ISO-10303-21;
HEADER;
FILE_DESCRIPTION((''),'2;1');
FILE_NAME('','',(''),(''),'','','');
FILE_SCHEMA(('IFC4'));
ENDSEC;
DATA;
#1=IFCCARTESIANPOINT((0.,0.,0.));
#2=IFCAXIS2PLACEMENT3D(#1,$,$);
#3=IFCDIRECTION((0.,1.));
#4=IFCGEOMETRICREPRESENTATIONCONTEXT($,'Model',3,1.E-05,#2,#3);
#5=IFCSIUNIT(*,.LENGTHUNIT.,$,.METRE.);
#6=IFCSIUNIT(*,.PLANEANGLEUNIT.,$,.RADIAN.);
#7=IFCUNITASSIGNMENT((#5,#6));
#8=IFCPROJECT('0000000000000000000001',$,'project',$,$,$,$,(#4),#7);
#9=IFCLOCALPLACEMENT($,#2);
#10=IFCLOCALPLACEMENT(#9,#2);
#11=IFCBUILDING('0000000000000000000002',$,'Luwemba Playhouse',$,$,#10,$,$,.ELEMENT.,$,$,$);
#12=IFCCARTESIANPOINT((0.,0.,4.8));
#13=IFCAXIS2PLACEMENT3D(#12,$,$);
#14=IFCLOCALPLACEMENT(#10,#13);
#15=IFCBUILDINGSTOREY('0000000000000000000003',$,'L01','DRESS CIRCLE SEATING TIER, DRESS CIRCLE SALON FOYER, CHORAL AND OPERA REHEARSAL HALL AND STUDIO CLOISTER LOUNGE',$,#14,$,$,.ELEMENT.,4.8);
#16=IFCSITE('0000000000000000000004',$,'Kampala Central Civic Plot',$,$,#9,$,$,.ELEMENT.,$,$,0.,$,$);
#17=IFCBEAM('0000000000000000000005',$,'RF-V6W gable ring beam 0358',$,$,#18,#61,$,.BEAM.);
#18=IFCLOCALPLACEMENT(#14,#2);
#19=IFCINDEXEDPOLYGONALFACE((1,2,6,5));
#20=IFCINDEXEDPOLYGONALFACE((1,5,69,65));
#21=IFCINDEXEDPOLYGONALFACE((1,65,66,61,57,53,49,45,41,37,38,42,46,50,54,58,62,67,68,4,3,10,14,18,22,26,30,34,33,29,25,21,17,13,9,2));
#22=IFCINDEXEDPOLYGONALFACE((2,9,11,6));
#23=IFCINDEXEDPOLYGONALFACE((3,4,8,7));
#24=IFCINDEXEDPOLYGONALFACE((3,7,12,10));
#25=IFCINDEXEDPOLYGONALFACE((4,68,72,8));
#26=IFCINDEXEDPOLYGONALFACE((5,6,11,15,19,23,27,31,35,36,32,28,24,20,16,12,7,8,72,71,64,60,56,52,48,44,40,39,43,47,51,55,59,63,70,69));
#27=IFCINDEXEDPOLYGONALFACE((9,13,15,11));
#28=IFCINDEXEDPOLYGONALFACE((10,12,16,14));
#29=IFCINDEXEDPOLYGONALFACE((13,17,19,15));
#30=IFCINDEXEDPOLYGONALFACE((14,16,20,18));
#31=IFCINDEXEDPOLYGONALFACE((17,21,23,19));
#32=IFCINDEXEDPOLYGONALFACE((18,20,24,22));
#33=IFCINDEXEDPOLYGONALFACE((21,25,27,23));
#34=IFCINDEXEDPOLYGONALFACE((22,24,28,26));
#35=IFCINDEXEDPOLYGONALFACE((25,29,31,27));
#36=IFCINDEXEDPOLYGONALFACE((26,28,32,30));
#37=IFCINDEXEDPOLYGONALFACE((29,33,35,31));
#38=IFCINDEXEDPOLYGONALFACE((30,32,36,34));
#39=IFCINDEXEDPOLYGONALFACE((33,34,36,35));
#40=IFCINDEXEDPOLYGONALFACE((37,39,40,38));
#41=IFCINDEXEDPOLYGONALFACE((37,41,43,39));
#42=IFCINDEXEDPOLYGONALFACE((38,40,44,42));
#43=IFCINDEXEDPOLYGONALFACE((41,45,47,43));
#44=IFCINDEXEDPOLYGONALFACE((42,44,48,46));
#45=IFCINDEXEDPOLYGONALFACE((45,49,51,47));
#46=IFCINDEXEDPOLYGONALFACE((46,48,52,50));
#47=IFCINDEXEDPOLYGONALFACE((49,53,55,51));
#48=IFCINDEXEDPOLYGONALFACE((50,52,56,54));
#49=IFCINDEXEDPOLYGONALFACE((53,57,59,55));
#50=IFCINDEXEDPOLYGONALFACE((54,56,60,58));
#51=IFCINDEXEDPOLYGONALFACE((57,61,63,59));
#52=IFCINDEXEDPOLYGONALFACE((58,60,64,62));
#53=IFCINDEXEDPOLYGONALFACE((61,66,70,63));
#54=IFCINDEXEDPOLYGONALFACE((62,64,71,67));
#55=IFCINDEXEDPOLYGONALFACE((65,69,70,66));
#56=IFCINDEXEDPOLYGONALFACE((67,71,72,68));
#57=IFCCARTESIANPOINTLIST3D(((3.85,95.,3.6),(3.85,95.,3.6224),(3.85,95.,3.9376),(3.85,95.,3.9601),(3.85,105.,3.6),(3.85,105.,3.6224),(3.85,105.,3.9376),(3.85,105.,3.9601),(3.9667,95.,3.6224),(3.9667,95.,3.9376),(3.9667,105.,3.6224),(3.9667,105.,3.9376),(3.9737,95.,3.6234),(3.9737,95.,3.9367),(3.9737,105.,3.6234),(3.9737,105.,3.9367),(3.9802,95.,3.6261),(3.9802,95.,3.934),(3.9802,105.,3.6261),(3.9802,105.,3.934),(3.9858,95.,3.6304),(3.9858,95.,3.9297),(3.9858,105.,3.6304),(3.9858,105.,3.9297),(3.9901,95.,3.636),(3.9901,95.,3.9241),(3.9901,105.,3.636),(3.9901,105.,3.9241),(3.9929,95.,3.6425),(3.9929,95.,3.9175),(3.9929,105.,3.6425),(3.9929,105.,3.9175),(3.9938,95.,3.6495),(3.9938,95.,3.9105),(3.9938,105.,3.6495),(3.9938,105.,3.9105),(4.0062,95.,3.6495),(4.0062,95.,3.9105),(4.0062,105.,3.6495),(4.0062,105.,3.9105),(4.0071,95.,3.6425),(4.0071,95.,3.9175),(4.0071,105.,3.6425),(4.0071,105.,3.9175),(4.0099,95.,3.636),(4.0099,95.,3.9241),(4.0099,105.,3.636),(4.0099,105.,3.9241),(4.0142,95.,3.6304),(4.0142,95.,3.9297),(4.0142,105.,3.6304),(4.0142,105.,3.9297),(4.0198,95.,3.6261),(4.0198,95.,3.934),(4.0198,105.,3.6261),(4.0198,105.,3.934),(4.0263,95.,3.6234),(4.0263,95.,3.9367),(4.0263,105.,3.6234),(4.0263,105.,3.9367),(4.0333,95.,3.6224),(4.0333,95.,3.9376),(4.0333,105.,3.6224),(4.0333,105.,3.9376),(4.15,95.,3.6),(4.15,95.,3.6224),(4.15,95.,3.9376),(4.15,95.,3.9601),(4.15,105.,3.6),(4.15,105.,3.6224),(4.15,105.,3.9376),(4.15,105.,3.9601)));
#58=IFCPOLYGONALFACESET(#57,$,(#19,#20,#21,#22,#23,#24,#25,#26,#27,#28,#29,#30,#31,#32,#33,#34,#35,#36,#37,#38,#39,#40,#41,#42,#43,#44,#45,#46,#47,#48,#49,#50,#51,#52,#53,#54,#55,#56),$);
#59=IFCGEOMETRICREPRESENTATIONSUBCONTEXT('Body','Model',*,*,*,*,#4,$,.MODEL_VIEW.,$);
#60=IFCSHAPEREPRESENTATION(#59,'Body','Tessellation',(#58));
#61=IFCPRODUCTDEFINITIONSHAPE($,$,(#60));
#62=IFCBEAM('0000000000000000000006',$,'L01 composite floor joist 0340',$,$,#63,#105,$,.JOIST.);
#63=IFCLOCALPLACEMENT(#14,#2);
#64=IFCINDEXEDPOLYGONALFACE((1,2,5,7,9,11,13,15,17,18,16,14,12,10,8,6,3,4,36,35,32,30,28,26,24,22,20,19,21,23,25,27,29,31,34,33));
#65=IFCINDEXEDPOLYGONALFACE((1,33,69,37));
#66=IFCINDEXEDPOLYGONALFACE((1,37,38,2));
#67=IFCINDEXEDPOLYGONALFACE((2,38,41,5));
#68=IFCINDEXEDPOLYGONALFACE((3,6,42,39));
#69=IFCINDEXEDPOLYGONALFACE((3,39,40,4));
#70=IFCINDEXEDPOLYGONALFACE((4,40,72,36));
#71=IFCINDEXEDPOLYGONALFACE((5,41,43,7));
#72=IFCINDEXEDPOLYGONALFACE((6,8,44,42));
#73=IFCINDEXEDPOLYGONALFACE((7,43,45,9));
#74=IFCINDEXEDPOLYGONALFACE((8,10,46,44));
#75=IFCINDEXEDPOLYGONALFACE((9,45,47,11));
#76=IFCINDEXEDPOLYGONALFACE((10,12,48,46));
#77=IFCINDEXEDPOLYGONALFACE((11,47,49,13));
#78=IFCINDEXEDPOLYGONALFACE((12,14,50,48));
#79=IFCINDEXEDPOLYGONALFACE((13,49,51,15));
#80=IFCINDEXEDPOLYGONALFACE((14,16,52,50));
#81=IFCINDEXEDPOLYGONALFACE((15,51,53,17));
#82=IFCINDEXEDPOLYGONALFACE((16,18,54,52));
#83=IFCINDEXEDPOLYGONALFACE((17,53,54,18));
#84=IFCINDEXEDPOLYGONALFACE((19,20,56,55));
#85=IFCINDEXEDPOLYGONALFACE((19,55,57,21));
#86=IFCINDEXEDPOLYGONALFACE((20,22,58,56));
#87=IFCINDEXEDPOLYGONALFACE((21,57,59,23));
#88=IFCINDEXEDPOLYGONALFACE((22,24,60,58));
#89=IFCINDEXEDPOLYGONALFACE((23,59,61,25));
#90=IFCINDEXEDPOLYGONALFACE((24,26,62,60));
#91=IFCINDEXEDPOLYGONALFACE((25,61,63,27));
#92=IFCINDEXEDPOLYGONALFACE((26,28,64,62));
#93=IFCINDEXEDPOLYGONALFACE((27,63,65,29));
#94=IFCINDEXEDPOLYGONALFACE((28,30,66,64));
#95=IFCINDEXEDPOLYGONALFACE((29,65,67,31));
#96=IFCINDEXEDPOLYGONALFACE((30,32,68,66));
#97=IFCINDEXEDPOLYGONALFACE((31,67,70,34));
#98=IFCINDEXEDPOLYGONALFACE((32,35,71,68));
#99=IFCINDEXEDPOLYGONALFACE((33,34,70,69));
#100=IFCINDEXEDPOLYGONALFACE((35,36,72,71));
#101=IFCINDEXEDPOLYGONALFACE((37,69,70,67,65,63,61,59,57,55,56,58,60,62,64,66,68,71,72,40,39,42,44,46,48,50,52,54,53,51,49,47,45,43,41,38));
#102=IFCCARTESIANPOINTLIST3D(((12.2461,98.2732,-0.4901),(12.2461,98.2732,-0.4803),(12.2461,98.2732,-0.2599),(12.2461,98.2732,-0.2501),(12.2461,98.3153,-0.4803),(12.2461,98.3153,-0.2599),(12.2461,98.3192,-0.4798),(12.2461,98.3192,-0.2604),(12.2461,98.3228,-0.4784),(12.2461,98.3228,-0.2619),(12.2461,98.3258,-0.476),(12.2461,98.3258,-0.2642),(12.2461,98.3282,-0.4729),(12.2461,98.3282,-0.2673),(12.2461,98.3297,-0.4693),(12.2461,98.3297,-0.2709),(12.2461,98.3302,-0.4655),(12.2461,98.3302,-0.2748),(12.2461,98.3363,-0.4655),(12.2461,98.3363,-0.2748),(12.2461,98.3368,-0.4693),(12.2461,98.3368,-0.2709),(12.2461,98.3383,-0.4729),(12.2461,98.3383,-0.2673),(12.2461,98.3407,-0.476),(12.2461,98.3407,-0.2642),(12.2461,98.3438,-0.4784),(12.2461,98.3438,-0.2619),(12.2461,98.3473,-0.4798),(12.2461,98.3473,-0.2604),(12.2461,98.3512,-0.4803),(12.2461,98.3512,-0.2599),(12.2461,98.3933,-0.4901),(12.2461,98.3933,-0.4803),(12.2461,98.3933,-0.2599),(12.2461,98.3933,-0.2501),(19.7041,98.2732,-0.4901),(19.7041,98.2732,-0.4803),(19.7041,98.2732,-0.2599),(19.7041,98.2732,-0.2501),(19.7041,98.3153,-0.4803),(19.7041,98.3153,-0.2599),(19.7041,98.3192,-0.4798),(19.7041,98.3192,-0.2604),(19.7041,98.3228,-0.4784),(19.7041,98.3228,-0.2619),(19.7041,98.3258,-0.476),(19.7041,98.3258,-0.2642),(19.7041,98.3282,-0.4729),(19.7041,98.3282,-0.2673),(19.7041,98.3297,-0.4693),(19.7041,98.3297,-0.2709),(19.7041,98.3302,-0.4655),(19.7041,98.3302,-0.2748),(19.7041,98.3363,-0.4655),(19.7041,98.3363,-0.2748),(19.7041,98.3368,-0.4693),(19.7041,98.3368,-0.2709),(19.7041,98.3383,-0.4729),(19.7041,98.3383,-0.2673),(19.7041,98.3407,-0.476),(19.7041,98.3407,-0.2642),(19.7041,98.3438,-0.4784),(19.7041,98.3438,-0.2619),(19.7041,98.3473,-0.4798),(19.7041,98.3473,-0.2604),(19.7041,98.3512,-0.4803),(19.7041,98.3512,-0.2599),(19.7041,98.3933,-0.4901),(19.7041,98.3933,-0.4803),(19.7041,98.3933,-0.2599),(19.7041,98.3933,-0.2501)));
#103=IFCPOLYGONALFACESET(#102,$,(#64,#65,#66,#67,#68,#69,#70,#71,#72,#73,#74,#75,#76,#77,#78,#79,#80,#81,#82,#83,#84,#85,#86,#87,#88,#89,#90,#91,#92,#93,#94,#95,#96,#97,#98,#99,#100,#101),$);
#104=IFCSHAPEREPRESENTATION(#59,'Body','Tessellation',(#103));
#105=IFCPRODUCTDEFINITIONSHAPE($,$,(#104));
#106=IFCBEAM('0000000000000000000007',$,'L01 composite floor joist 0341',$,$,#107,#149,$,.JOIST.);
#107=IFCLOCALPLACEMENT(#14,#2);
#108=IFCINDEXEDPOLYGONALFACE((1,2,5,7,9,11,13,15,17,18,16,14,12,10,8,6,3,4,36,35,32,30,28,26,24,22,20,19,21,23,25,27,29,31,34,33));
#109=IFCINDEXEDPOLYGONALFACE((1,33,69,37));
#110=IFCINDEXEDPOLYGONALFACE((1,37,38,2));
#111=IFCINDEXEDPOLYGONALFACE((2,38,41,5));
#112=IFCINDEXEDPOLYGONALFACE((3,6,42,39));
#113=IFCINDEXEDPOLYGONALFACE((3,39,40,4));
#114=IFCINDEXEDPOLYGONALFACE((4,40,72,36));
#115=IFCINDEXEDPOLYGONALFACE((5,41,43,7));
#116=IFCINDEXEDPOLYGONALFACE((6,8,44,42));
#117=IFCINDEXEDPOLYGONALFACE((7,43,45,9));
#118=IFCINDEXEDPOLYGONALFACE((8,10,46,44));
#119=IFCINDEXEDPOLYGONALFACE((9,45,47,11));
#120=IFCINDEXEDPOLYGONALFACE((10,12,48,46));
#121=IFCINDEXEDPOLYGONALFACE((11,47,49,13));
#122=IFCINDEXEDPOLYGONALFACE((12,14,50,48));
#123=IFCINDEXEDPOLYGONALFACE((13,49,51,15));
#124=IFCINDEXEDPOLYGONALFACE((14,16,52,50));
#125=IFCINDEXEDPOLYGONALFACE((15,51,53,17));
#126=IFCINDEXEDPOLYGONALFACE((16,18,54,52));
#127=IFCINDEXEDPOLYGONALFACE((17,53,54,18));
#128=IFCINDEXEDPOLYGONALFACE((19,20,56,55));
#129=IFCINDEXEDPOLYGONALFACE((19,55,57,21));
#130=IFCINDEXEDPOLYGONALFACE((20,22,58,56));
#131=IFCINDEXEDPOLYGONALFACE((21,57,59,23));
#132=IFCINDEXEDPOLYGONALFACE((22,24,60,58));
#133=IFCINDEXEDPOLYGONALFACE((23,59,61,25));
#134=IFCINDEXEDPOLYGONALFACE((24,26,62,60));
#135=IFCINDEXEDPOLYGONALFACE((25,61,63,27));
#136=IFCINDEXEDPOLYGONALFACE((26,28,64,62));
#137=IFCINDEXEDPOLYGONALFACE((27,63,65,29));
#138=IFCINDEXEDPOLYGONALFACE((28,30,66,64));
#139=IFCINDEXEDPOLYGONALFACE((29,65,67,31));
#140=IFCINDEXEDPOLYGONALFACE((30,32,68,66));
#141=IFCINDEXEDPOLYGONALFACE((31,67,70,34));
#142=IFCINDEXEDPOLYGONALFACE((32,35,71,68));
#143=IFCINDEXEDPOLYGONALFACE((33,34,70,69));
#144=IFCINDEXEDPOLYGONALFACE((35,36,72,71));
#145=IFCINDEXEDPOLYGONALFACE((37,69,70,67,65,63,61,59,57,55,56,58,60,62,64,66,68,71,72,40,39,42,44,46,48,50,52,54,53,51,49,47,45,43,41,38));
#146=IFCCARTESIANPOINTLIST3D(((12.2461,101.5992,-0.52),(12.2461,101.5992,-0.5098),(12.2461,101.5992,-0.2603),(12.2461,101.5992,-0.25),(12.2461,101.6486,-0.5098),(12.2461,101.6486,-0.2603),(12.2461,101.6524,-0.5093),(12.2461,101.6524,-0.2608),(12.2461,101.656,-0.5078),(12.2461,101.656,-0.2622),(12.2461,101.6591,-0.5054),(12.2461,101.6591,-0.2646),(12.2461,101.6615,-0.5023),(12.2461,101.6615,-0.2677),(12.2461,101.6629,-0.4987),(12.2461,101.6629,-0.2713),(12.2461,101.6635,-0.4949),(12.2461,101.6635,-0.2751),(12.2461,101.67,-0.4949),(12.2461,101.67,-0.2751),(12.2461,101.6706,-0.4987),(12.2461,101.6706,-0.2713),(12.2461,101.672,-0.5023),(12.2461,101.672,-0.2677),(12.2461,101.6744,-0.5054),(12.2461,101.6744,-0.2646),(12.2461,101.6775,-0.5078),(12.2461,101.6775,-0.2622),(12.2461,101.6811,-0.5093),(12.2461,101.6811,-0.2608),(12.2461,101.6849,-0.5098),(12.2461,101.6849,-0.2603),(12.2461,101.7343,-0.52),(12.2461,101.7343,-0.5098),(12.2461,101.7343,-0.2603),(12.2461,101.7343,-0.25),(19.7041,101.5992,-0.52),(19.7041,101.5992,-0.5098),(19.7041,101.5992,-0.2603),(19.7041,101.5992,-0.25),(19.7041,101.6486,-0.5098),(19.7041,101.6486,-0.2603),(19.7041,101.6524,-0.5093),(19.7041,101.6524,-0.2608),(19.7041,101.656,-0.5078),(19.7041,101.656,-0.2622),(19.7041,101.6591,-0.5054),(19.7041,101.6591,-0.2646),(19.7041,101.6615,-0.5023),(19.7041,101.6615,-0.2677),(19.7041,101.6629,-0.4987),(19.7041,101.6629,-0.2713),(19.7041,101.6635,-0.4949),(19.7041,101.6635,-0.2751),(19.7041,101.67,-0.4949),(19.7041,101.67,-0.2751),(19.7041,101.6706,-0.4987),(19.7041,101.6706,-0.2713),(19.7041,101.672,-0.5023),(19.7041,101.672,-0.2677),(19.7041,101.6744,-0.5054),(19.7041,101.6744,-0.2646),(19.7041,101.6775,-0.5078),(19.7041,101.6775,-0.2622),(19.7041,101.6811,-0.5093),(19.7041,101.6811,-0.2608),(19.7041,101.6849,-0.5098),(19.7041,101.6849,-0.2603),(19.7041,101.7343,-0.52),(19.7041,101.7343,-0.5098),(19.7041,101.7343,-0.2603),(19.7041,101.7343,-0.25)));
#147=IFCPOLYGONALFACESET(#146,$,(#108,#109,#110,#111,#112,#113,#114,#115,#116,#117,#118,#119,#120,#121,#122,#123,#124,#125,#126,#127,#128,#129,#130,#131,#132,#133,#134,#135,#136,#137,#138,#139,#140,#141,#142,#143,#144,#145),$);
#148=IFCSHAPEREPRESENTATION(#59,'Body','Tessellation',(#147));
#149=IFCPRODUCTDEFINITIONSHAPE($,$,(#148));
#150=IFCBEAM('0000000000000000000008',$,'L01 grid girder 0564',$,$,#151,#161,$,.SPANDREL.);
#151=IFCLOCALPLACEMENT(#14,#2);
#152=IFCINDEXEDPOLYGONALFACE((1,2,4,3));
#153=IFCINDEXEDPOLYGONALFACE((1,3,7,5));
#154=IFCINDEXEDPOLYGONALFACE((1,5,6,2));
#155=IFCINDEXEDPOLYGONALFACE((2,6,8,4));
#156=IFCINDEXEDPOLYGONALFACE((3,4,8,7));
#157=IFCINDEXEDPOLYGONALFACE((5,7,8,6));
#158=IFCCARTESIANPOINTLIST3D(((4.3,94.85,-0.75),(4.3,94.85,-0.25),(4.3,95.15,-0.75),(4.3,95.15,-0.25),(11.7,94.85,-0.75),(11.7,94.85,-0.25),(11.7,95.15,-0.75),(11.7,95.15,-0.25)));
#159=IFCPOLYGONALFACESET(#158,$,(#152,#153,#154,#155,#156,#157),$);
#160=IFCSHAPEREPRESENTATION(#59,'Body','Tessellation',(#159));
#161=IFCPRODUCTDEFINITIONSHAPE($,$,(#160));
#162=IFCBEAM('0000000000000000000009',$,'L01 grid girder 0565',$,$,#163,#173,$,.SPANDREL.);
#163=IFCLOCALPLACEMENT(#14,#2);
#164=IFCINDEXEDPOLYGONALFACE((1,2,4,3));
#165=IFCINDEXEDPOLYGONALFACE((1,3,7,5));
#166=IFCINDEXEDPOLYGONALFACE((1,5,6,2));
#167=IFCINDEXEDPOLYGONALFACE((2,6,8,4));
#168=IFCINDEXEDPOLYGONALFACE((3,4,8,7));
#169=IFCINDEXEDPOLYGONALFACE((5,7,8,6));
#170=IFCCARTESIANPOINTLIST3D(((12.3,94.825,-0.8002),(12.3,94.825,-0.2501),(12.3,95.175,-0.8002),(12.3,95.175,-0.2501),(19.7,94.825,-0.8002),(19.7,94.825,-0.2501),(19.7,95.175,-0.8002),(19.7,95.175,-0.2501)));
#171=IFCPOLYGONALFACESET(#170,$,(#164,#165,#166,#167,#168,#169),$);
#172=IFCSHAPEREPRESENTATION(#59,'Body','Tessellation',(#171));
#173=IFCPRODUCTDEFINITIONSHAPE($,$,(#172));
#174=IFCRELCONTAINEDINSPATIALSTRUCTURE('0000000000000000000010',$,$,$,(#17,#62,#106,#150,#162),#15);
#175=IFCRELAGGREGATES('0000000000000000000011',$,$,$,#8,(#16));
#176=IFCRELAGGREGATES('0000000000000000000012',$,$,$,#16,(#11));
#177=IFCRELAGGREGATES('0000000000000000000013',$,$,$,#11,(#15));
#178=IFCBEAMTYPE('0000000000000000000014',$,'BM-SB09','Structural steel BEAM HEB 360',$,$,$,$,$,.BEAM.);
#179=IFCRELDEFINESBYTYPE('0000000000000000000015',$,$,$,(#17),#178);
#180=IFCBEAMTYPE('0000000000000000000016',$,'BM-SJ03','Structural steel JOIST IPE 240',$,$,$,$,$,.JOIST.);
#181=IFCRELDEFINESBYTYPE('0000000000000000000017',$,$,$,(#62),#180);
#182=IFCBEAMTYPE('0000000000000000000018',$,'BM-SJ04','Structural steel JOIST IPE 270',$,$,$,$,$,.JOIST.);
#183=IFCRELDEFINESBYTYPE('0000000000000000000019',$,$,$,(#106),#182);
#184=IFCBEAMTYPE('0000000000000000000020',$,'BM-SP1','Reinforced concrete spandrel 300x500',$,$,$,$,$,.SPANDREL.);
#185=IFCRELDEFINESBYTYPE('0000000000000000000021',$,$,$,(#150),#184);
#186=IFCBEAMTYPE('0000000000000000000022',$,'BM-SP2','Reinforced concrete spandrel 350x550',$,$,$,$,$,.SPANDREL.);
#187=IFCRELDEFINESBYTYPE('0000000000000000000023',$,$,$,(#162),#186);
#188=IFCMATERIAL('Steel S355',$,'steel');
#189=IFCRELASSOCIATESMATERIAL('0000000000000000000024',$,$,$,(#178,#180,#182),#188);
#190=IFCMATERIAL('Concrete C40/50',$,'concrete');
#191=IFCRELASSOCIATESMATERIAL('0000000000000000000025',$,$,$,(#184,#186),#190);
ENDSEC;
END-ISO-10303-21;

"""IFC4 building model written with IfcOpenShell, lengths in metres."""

from ifc_helpers import new_model, si_unit, direction, frame, origin, origin_2d, place, context, subcontext, project, spatial, rectangle, i_section, extrude, material, material_profile, profile_set, type_object, element, save


model = new_model("IFC4")

# Units and contexts
model_context = context("Model", 3, precision=1e-05, world=origin(), true_north=direction((0.0, 1.0)))
body_context = subcontext(model_context, "Body", "Model", "MODEL_VIEW")
ifc_project = project(units=[si_unit("LENGTHUNIT", "METRE"), si_unit("PLANEANGLEUNIT", "RADIAN")], contexts=[model_context])

# Site, building, storey
site_placement = place(None, origin())
site = spatial("IfcSite", under=ifc_project, at=site_placement, Name="Kampala Central Civic Plot", CompositionType="ELEMENT", RefElevation=0.0)
building_placement = place(site_placement, origin())
building = spatial("IfcBuilding", under=site, at=building_placement, Name="Luwemba Playhouse", CompositionType="ELEMENT")
storey_placement = place(building_placement, frame((0.0, 0.0, 4.8)))
storey = spatial("IfcBuildingStorey", under=building, at=storey_placement, Name="L01", Description="DRESS CIRCLE SEATING TIER, DRESS CIRCLE SALON FOYER, CHORAL AND OPERA REHEARSAL HALL AND STUDIO CLOISTER LOUNGE", CompositionType="ELEMENT", Elevation=4.8)

# Shared definitions
ifc_material_1 = material(Name="Concrete C40/50", Category="concrete")
ifc_material_2 = material(Name="Steel S355", Category="steel")

# Beams
ifc_material_profile_1 = material_profile(ifc_material_2, i_section(OverallWidth=0.3, OverallDepth=0.3601, WebThickness=0.0125, FlangeThickness=0.0225, FilletRadius=0.0271, at=origin_2d()))
ifc_profile_set_1 = profile_set([ifc_material_profile_1], Name="Steel S355")
beam_type_1 = type_object("IfcBeamType", Name="BM-SB09", Description="Structural steel BEAM HEB 360", PredefinedType="BEAM", material=ifc_profile_set_1)
beam_1_placement = place(storey_placement, frame((4.0, 95.0, 3.78), z_axis=(0.0, 1.0, 0.0), x_axis=(-1.0, 0.0, 0.0)))
element("IfcBeam", 1, at=beam_1_placement, inside=storey, type_object=beam_type_1, Name="RF-V6W gable ring beam 0358", PredefinedType="BEAM", context=body_context, shape_type="SweptSolid", body=[
    extrude(i_section(OverallWidth=0.3, OverallDepth=0.3601, WebThickness=0.0125, FlangeThickness=0.0225, FilletRadius=0.0271, at=origin_2d()), origin(), (0.0, 0.0, 1.0), 10.0),
])
ifc_material_profile_2 = material_profile(ifc_material_2, i_section(OverallWidth=0.1201, OverallDepth=0.24, WebThickness=0.0061, FlangeThickness=0.0098, FilletRadius=0.0149, at=origin_2d()))
ifc_profile_set_2 = profile_set([ifc_material_profile_2], Name="Steel S355")
beam_type_2 = type_object("IfcBeamType", Name="BM-SJ03", Description="Structural steel JOIST IPE 240", PredefinedType="JOIST", material=ifc_profile_set_2)
beam_2_placement = place(storey_placement, frame((12.2461, 98.3333, -0.3701), z_axis=(1.0, 0.0, 0.0), x_axis=(0.0, 1.0, 0.0)))
element("IfcBeam", 2, at=beam_2_placement, inside=storey, type_object=beam_type_2, Name="L01 composite floor joist 0340", PredefinedType="JOIST", context=body_context, shape_type="SweptSolid", body=[
    extrude(i_section(OverallWidth=0.1201, OverallDepth=0.24, WebThickness=0.0061, FlangeThickness=0.0098, FilletRadius=0.0149, at=origin_2d()), origin(), (0.0, 0.0, 1.0), 7.458),
])
ifc_material_profile_3 = material_profile(ifc_material_2, i_section(OverallWidth=0.135, OverallDepth=0.27, WebThickness=0.0066, FlangeThickness=0.0103, FilletRadius=0.0149, at=origin_2d()))
ifc_profile_set_3 = profile_set([ifc_material_profile_3], Name="Steel S355")
beam_type_3 = type_object("IfcBeamType", Name="BM-SJ04", Description="Structural steel JOIST IPE 270", PredefinedType="JOIST", material=ifc_profile_set_3)
beam_3_placement = place(storey_placement, frame((12.2461, 101.6667, -0.385), z_axis=(1.0, 0.0, 0.0), x_axis=(0.0, 1.0, 0.0)))
element("IfcBeam", 3, at=beam_3_placement, inside=storey, type_object=beam_type_3, Name="L01 composite floor joist 0341", PredefinedType="JOIST", context=body_context, shape_type="SweptSolid", body=[
    extrude(i_section(OverallWidth=0.135, OverallDepth=0.27, WebThickness=0.0066, FlangeThickness=0.0103, FilletRadius=0.0149, at=origin_2d()), origin(), (0.0, 0.0, 1.0), 7.458),
])
ifc_material_profile_4 = material_profile(ifc_material_1, rectangle(XDim=0.3, YDim=0.5, at=origin_2d()))
ifc_profile_set_4 = profile_set([ifc_material_profile_4], Name="Concrete C40/50")
beam_type_4 = type_object("IfcBeamType", Name="BM-SP1", Description="Reinforced concrete spandrel 300x500", PredefinedType="SPANDREL", material=ifc_profile_set_4)
beam_4_placement = place(storey_placement, frame((4.3, 95.0, -0.5), z_axis=(1.0, 0.0, 0.0), x_axis=(0.0, 1.0, 0.0)))
element("IfcBeam", 4, at=beam_4_placement, inside=storey, type_object=beam_type_4, Name="L01 grid girder 0564", PredefinedType="SPANDREL", context=body_context, shape_type="SweptSolid", body=[
    extrude(rectangle(XDim=0.3, YDim=0.5, at=origin_2d()), origin(), (0.0, 0.0, 1.0), 7.3999),
])
ifc_material_profile_5 = material_profile(ifc_material_1, rectangle(XDim=0.3501, YDim=0.55, at=origin_2d()))
ifc_profile_set_5 = profile_set([ifc_material_profile_5], Name="Concrete C40/50")
beam_type_5 = type_object("IfcBeamType", Name="BM-SP2", Description="Reinforced concrete spandrel 350x550", PredefinedType="SPANDREL", material=ifc_profile_set_5)
beam_5_placement = place(storey_placement, frame((12.3, 95.0, -0.5251), z_axis=(1.0, 0.0, 0.0), x_axis=(0.0, 1.0, 0.0)))
element("IfcBeam", 5, at=beam_5_placement, inside=storey, type_object=beam_type_5, Name="L01 grid girder 0565", PredefinedType="SPANDREL", context=body_context, shape_type="SweptSolid", body=[
    extrude(rectangle(XDim=0.3501, YDim=0.55, at=origin_2d()), origin(), (0.0, 0.0, 1.0), 7.3999),
])

save(model, "model.ifc")
